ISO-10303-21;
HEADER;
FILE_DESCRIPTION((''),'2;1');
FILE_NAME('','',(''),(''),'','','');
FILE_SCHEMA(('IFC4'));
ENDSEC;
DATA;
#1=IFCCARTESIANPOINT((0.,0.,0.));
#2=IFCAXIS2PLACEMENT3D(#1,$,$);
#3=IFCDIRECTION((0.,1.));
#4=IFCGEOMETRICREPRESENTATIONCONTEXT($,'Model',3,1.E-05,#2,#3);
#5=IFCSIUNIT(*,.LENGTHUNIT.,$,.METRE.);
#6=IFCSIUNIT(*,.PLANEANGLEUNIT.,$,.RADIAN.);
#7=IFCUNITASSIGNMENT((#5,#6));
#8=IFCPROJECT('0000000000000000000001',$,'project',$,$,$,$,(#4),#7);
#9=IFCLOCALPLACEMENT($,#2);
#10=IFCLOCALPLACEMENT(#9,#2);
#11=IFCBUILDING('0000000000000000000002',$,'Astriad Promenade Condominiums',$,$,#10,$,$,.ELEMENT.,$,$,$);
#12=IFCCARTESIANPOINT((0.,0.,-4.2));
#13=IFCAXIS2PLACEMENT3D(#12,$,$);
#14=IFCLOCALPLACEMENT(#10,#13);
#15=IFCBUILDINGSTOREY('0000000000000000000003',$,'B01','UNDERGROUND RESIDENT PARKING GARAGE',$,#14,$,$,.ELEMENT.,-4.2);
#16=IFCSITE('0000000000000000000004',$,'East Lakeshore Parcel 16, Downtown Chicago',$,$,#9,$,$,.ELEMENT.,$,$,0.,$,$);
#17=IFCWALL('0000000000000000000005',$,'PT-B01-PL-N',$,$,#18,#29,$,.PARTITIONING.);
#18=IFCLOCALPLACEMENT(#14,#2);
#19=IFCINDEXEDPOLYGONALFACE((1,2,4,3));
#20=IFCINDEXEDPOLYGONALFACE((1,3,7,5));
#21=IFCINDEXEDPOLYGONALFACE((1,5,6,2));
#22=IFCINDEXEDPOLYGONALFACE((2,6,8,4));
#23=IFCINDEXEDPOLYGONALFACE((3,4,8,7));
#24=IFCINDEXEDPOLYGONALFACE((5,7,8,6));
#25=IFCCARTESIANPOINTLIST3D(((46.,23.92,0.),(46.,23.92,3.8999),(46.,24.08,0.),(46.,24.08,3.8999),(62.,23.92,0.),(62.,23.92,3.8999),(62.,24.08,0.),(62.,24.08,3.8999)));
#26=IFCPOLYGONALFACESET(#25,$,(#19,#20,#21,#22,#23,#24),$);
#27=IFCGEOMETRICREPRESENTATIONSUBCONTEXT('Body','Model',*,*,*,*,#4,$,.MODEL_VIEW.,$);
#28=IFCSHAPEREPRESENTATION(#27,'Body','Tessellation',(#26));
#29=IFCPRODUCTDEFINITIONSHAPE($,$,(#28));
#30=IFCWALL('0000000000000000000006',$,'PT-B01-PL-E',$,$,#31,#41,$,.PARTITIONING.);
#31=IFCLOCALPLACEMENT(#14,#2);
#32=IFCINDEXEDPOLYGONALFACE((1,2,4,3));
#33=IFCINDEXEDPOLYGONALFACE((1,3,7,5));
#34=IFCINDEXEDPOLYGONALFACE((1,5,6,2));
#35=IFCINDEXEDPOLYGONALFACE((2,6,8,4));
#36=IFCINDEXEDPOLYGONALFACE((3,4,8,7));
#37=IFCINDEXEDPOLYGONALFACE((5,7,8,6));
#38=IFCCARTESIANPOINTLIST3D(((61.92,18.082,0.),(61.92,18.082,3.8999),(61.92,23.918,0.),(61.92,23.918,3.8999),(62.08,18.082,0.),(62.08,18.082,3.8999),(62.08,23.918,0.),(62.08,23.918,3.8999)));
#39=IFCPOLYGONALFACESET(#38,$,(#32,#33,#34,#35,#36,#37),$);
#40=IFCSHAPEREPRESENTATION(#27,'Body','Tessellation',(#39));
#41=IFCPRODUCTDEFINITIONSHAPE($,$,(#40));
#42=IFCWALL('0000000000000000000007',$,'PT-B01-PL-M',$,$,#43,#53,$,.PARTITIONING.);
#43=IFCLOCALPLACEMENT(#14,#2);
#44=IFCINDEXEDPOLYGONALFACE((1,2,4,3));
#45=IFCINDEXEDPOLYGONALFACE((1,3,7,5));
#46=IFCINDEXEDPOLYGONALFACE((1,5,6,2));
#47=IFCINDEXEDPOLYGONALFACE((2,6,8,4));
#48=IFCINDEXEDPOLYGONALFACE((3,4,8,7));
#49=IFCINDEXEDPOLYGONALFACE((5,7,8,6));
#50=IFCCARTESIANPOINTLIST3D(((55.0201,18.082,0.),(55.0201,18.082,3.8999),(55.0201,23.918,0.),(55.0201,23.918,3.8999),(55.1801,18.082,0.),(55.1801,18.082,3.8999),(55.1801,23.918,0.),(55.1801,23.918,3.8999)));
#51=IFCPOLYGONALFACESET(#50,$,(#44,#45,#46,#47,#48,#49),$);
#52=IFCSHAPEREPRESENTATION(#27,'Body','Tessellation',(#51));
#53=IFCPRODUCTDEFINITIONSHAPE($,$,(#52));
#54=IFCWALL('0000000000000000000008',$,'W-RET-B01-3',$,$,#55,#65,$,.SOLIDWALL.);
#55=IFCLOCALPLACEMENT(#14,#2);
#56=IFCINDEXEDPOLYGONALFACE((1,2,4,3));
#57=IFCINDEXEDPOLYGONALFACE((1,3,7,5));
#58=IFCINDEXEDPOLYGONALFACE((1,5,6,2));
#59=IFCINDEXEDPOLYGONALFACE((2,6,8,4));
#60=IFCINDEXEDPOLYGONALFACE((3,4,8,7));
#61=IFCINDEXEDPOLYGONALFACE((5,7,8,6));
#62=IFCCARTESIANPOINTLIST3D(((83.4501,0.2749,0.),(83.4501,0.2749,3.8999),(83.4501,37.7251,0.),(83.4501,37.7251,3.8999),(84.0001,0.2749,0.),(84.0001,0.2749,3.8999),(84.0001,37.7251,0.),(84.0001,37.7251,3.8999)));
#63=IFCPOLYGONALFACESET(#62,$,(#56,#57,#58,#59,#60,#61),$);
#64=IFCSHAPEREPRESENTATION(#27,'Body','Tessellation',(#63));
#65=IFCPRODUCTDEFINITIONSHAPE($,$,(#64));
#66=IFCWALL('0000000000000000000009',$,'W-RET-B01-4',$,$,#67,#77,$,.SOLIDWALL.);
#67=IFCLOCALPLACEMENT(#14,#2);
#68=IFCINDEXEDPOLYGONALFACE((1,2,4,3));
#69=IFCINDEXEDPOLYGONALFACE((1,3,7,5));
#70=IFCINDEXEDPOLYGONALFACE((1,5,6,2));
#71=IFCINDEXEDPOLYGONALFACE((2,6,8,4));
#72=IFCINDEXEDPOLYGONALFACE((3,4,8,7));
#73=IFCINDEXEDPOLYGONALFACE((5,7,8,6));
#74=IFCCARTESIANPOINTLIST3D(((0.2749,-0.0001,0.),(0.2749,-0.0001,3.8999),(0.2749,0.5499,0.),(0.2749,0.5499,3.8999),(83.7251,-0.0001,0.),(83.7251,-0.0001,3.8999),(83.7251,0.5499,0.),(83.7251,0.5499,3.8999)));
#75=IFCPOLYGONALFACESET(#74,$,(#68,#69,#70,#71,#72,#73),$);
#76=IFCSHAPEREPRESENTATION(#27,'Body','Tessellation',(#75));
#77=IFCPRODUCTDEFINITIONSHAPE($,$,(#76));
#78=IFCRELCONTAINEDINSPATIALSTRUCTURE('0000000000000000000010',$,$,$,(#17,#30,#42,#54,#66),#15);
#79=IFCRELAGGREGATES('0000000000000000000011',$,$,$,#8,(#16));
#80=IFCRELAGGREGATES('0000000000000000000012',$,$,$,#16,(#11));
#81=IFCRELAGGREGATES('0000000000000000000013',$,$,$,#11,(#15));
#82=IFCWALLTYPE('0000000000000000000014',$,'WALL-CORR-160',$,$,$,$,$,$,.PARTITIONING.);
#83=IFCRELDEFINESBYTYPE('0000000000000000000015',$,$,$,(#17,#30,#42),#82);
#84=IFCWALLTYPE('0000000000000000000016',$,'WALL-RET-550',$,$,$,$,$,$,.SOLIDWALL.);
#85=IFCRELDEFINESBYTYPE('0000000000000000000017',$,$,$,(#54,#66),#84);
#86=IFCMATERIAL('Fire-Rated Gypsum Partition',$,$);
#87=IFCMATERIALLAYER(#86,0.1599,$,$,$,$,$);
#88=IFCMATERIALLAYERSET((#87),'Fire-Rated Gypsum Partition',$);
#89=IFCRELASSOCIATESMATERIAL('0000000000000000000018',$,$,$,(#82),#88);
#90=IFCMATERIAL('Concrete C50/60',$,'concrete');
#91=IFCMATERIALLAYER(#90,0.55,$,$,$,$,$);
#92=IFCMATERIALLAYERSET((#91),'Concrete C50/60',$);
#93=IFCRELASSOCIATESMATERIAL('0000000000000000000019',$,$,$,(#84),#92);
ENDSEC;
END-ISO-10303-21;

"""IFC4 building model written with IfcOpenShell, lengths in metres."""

from ifc_helpers import new_model, si_unit, direction, frame, frame_2d, origin, place, context, subcontext, project, spatial, rectangle, extrude, material, layer, layer_set, type_object, element, save


model = new_model("IFC4")

# Units and contexts
model_context = context("Model", 3, precision=1e-05, world=origin(), true_north=direction((0.0, 1.0)))
body_context = subcontext(model_context, "Body", "Model", "MODEL_VIEW")
ifc_project = project(units=[si_unit("LENGTHUNIT", "METRE"), si_unit("PLANEANGLEUNIT", "RADIAN")], contexts=[model_context])

# Site, building, storey
site_placement = place(None, origin())
site = spatial("IfcSite", under=ifc_project, at=site_placement, Name="East Lakeshore Parcel 16, Downtown Chicago", CompositionType="ELEMENT", RefElevation=0.0)
building_placement = place(site_placement, origin())
building = spatial("IfcBuilding", under=site, at=building_placement, Name="Astriad Promenade Condominiums", CompositionType="ELEMENT")
storey_placement = place(building_placement, frame((0.0, 0.0, -4.2)))
storey = spatial("IfcBuildingStorey", under=building, at=storey_placement, Name="B01", Description="UNDERGROUND RESIDENT PARKING GARAGE", CompositionType="ELEMENT", Elevation=-4.2)

# Shared definitions
ifc_material_1 = material(Name="Concrete C50/60", Category="concrete")

# Shared definitions
ifc_material_2 = material(Name="Fire-Rated Gypsum Partition")
ifc_layer_1 = layer(ifc_material_2, 0.1599)
ifc_layer_set_1 = layer_set([ifc_layer_1], Name="Fire-Rated Gypsum Partition")
wall_type_1 = type_object("IfcWallType", Name="WALL-CORR-160", PredefinedType="PARTITIONING", material=ifc_layer_set_1)

# Walls
wall_1_placement = place(storey_placement, frame((46.0, 24.0, 0.0), z_axis=(0.0, 0.0, 1.0), x_axis=(1.0, 0.0, 0.0)))
element("IfcWall", 1, at=wall_1_placement, inside=storey, type_object=wall_type_1, Name="PT-B01-PL-N", PredefinedType="PARTITIONING", context=body_context, shape_type="SweptSolid", body=[
    extrude(rectangle(XDim=16.0, YDim=0.1599, at=frame_2d((8.0, 0.0))), origin(), (0.0, 0.0, 1.0), 3.8999),
])
for number, where, z_axis, x_axis, name in (
    (2, (62.0, 18.082, 0.0), (0.0, 0.0, 1.0), (0.0, 1.0, 0.0), "PT-B01-PL-E"),
    (3, (55.1001, 18.082, 0.0), (0.0, 0.0, 1.0), (0.0, 1.0, 0.0), "PT-B01-PL-M"),
):
    element("IfcWall", number, at=place(storey_placement, frame(where, z_axis=z_axis, x_axis=x_axis)), inside=storey, type_object=wall_type_1, Name=name, PredefinedType="PARTITIONING", context=body_context, shape_type="SweptSolid", body=[
        extrude(rectangle(XDim=5.8359, YDim=0.1599, at=frame_2d((2.918, 0.0))), origin(), (0.0, 0.0, 1.0), 3.8999),
    ])
ifc_layer_2 = layer(ifc_material_1, 0.55)
ifc_layer_set_2 = layer_set([ifc_layer_2], Name="Concrete C50/60")
wall_type_2 = type_object("IfcWallType", Name="WALL-RET-550", PredefinedType="SOLIDWALL", material=ifc_layer_set_2)
wall_2_placement = place(storey_placement, frame((83.7251, 37.7251, 0.0), z_axis=(0.0, 0.0, 1.0), x_axis=(0.0, -1.0, 0.0)))
element("IfcWall", 4, at=wall_2_placement, inside=storey, type_object=wall_type_2, Name="W-RET-B01-3", PredefinedType="SOLIDWALL", context=body_context, shape_type="SweptSolid", body=[
    extrude(rectangle(XDim=37.4502, YDim=0.55, at=frame_2d((18.7251, 0.0))), origin(), (0.0, 0.0, 1.0), 3.8999),
])
wall_3_placement = place(storey_placement, frame((83.7251, 0.2749, 0.0), z_axis=(0.0, 0.0, 1.0), x_axis=(-1.0, 0.0, 0.0)))
element("IfcWall", 5, at=wall_3_placement, inside=storey, type_object=wall_type_2, Name="W-RET-B01-4", PredefinedType="SOLIDWALL", context=body_context, shape_type="SweptSolid", body=[
    extrude(rectangle(XDim=83.4502, YDim=0.55, at=frame_2d((41.7251, 0.0))), origin(), (0.0, 0.0, 1.0), 3.8999),
])

save(model, "model.ifc")
